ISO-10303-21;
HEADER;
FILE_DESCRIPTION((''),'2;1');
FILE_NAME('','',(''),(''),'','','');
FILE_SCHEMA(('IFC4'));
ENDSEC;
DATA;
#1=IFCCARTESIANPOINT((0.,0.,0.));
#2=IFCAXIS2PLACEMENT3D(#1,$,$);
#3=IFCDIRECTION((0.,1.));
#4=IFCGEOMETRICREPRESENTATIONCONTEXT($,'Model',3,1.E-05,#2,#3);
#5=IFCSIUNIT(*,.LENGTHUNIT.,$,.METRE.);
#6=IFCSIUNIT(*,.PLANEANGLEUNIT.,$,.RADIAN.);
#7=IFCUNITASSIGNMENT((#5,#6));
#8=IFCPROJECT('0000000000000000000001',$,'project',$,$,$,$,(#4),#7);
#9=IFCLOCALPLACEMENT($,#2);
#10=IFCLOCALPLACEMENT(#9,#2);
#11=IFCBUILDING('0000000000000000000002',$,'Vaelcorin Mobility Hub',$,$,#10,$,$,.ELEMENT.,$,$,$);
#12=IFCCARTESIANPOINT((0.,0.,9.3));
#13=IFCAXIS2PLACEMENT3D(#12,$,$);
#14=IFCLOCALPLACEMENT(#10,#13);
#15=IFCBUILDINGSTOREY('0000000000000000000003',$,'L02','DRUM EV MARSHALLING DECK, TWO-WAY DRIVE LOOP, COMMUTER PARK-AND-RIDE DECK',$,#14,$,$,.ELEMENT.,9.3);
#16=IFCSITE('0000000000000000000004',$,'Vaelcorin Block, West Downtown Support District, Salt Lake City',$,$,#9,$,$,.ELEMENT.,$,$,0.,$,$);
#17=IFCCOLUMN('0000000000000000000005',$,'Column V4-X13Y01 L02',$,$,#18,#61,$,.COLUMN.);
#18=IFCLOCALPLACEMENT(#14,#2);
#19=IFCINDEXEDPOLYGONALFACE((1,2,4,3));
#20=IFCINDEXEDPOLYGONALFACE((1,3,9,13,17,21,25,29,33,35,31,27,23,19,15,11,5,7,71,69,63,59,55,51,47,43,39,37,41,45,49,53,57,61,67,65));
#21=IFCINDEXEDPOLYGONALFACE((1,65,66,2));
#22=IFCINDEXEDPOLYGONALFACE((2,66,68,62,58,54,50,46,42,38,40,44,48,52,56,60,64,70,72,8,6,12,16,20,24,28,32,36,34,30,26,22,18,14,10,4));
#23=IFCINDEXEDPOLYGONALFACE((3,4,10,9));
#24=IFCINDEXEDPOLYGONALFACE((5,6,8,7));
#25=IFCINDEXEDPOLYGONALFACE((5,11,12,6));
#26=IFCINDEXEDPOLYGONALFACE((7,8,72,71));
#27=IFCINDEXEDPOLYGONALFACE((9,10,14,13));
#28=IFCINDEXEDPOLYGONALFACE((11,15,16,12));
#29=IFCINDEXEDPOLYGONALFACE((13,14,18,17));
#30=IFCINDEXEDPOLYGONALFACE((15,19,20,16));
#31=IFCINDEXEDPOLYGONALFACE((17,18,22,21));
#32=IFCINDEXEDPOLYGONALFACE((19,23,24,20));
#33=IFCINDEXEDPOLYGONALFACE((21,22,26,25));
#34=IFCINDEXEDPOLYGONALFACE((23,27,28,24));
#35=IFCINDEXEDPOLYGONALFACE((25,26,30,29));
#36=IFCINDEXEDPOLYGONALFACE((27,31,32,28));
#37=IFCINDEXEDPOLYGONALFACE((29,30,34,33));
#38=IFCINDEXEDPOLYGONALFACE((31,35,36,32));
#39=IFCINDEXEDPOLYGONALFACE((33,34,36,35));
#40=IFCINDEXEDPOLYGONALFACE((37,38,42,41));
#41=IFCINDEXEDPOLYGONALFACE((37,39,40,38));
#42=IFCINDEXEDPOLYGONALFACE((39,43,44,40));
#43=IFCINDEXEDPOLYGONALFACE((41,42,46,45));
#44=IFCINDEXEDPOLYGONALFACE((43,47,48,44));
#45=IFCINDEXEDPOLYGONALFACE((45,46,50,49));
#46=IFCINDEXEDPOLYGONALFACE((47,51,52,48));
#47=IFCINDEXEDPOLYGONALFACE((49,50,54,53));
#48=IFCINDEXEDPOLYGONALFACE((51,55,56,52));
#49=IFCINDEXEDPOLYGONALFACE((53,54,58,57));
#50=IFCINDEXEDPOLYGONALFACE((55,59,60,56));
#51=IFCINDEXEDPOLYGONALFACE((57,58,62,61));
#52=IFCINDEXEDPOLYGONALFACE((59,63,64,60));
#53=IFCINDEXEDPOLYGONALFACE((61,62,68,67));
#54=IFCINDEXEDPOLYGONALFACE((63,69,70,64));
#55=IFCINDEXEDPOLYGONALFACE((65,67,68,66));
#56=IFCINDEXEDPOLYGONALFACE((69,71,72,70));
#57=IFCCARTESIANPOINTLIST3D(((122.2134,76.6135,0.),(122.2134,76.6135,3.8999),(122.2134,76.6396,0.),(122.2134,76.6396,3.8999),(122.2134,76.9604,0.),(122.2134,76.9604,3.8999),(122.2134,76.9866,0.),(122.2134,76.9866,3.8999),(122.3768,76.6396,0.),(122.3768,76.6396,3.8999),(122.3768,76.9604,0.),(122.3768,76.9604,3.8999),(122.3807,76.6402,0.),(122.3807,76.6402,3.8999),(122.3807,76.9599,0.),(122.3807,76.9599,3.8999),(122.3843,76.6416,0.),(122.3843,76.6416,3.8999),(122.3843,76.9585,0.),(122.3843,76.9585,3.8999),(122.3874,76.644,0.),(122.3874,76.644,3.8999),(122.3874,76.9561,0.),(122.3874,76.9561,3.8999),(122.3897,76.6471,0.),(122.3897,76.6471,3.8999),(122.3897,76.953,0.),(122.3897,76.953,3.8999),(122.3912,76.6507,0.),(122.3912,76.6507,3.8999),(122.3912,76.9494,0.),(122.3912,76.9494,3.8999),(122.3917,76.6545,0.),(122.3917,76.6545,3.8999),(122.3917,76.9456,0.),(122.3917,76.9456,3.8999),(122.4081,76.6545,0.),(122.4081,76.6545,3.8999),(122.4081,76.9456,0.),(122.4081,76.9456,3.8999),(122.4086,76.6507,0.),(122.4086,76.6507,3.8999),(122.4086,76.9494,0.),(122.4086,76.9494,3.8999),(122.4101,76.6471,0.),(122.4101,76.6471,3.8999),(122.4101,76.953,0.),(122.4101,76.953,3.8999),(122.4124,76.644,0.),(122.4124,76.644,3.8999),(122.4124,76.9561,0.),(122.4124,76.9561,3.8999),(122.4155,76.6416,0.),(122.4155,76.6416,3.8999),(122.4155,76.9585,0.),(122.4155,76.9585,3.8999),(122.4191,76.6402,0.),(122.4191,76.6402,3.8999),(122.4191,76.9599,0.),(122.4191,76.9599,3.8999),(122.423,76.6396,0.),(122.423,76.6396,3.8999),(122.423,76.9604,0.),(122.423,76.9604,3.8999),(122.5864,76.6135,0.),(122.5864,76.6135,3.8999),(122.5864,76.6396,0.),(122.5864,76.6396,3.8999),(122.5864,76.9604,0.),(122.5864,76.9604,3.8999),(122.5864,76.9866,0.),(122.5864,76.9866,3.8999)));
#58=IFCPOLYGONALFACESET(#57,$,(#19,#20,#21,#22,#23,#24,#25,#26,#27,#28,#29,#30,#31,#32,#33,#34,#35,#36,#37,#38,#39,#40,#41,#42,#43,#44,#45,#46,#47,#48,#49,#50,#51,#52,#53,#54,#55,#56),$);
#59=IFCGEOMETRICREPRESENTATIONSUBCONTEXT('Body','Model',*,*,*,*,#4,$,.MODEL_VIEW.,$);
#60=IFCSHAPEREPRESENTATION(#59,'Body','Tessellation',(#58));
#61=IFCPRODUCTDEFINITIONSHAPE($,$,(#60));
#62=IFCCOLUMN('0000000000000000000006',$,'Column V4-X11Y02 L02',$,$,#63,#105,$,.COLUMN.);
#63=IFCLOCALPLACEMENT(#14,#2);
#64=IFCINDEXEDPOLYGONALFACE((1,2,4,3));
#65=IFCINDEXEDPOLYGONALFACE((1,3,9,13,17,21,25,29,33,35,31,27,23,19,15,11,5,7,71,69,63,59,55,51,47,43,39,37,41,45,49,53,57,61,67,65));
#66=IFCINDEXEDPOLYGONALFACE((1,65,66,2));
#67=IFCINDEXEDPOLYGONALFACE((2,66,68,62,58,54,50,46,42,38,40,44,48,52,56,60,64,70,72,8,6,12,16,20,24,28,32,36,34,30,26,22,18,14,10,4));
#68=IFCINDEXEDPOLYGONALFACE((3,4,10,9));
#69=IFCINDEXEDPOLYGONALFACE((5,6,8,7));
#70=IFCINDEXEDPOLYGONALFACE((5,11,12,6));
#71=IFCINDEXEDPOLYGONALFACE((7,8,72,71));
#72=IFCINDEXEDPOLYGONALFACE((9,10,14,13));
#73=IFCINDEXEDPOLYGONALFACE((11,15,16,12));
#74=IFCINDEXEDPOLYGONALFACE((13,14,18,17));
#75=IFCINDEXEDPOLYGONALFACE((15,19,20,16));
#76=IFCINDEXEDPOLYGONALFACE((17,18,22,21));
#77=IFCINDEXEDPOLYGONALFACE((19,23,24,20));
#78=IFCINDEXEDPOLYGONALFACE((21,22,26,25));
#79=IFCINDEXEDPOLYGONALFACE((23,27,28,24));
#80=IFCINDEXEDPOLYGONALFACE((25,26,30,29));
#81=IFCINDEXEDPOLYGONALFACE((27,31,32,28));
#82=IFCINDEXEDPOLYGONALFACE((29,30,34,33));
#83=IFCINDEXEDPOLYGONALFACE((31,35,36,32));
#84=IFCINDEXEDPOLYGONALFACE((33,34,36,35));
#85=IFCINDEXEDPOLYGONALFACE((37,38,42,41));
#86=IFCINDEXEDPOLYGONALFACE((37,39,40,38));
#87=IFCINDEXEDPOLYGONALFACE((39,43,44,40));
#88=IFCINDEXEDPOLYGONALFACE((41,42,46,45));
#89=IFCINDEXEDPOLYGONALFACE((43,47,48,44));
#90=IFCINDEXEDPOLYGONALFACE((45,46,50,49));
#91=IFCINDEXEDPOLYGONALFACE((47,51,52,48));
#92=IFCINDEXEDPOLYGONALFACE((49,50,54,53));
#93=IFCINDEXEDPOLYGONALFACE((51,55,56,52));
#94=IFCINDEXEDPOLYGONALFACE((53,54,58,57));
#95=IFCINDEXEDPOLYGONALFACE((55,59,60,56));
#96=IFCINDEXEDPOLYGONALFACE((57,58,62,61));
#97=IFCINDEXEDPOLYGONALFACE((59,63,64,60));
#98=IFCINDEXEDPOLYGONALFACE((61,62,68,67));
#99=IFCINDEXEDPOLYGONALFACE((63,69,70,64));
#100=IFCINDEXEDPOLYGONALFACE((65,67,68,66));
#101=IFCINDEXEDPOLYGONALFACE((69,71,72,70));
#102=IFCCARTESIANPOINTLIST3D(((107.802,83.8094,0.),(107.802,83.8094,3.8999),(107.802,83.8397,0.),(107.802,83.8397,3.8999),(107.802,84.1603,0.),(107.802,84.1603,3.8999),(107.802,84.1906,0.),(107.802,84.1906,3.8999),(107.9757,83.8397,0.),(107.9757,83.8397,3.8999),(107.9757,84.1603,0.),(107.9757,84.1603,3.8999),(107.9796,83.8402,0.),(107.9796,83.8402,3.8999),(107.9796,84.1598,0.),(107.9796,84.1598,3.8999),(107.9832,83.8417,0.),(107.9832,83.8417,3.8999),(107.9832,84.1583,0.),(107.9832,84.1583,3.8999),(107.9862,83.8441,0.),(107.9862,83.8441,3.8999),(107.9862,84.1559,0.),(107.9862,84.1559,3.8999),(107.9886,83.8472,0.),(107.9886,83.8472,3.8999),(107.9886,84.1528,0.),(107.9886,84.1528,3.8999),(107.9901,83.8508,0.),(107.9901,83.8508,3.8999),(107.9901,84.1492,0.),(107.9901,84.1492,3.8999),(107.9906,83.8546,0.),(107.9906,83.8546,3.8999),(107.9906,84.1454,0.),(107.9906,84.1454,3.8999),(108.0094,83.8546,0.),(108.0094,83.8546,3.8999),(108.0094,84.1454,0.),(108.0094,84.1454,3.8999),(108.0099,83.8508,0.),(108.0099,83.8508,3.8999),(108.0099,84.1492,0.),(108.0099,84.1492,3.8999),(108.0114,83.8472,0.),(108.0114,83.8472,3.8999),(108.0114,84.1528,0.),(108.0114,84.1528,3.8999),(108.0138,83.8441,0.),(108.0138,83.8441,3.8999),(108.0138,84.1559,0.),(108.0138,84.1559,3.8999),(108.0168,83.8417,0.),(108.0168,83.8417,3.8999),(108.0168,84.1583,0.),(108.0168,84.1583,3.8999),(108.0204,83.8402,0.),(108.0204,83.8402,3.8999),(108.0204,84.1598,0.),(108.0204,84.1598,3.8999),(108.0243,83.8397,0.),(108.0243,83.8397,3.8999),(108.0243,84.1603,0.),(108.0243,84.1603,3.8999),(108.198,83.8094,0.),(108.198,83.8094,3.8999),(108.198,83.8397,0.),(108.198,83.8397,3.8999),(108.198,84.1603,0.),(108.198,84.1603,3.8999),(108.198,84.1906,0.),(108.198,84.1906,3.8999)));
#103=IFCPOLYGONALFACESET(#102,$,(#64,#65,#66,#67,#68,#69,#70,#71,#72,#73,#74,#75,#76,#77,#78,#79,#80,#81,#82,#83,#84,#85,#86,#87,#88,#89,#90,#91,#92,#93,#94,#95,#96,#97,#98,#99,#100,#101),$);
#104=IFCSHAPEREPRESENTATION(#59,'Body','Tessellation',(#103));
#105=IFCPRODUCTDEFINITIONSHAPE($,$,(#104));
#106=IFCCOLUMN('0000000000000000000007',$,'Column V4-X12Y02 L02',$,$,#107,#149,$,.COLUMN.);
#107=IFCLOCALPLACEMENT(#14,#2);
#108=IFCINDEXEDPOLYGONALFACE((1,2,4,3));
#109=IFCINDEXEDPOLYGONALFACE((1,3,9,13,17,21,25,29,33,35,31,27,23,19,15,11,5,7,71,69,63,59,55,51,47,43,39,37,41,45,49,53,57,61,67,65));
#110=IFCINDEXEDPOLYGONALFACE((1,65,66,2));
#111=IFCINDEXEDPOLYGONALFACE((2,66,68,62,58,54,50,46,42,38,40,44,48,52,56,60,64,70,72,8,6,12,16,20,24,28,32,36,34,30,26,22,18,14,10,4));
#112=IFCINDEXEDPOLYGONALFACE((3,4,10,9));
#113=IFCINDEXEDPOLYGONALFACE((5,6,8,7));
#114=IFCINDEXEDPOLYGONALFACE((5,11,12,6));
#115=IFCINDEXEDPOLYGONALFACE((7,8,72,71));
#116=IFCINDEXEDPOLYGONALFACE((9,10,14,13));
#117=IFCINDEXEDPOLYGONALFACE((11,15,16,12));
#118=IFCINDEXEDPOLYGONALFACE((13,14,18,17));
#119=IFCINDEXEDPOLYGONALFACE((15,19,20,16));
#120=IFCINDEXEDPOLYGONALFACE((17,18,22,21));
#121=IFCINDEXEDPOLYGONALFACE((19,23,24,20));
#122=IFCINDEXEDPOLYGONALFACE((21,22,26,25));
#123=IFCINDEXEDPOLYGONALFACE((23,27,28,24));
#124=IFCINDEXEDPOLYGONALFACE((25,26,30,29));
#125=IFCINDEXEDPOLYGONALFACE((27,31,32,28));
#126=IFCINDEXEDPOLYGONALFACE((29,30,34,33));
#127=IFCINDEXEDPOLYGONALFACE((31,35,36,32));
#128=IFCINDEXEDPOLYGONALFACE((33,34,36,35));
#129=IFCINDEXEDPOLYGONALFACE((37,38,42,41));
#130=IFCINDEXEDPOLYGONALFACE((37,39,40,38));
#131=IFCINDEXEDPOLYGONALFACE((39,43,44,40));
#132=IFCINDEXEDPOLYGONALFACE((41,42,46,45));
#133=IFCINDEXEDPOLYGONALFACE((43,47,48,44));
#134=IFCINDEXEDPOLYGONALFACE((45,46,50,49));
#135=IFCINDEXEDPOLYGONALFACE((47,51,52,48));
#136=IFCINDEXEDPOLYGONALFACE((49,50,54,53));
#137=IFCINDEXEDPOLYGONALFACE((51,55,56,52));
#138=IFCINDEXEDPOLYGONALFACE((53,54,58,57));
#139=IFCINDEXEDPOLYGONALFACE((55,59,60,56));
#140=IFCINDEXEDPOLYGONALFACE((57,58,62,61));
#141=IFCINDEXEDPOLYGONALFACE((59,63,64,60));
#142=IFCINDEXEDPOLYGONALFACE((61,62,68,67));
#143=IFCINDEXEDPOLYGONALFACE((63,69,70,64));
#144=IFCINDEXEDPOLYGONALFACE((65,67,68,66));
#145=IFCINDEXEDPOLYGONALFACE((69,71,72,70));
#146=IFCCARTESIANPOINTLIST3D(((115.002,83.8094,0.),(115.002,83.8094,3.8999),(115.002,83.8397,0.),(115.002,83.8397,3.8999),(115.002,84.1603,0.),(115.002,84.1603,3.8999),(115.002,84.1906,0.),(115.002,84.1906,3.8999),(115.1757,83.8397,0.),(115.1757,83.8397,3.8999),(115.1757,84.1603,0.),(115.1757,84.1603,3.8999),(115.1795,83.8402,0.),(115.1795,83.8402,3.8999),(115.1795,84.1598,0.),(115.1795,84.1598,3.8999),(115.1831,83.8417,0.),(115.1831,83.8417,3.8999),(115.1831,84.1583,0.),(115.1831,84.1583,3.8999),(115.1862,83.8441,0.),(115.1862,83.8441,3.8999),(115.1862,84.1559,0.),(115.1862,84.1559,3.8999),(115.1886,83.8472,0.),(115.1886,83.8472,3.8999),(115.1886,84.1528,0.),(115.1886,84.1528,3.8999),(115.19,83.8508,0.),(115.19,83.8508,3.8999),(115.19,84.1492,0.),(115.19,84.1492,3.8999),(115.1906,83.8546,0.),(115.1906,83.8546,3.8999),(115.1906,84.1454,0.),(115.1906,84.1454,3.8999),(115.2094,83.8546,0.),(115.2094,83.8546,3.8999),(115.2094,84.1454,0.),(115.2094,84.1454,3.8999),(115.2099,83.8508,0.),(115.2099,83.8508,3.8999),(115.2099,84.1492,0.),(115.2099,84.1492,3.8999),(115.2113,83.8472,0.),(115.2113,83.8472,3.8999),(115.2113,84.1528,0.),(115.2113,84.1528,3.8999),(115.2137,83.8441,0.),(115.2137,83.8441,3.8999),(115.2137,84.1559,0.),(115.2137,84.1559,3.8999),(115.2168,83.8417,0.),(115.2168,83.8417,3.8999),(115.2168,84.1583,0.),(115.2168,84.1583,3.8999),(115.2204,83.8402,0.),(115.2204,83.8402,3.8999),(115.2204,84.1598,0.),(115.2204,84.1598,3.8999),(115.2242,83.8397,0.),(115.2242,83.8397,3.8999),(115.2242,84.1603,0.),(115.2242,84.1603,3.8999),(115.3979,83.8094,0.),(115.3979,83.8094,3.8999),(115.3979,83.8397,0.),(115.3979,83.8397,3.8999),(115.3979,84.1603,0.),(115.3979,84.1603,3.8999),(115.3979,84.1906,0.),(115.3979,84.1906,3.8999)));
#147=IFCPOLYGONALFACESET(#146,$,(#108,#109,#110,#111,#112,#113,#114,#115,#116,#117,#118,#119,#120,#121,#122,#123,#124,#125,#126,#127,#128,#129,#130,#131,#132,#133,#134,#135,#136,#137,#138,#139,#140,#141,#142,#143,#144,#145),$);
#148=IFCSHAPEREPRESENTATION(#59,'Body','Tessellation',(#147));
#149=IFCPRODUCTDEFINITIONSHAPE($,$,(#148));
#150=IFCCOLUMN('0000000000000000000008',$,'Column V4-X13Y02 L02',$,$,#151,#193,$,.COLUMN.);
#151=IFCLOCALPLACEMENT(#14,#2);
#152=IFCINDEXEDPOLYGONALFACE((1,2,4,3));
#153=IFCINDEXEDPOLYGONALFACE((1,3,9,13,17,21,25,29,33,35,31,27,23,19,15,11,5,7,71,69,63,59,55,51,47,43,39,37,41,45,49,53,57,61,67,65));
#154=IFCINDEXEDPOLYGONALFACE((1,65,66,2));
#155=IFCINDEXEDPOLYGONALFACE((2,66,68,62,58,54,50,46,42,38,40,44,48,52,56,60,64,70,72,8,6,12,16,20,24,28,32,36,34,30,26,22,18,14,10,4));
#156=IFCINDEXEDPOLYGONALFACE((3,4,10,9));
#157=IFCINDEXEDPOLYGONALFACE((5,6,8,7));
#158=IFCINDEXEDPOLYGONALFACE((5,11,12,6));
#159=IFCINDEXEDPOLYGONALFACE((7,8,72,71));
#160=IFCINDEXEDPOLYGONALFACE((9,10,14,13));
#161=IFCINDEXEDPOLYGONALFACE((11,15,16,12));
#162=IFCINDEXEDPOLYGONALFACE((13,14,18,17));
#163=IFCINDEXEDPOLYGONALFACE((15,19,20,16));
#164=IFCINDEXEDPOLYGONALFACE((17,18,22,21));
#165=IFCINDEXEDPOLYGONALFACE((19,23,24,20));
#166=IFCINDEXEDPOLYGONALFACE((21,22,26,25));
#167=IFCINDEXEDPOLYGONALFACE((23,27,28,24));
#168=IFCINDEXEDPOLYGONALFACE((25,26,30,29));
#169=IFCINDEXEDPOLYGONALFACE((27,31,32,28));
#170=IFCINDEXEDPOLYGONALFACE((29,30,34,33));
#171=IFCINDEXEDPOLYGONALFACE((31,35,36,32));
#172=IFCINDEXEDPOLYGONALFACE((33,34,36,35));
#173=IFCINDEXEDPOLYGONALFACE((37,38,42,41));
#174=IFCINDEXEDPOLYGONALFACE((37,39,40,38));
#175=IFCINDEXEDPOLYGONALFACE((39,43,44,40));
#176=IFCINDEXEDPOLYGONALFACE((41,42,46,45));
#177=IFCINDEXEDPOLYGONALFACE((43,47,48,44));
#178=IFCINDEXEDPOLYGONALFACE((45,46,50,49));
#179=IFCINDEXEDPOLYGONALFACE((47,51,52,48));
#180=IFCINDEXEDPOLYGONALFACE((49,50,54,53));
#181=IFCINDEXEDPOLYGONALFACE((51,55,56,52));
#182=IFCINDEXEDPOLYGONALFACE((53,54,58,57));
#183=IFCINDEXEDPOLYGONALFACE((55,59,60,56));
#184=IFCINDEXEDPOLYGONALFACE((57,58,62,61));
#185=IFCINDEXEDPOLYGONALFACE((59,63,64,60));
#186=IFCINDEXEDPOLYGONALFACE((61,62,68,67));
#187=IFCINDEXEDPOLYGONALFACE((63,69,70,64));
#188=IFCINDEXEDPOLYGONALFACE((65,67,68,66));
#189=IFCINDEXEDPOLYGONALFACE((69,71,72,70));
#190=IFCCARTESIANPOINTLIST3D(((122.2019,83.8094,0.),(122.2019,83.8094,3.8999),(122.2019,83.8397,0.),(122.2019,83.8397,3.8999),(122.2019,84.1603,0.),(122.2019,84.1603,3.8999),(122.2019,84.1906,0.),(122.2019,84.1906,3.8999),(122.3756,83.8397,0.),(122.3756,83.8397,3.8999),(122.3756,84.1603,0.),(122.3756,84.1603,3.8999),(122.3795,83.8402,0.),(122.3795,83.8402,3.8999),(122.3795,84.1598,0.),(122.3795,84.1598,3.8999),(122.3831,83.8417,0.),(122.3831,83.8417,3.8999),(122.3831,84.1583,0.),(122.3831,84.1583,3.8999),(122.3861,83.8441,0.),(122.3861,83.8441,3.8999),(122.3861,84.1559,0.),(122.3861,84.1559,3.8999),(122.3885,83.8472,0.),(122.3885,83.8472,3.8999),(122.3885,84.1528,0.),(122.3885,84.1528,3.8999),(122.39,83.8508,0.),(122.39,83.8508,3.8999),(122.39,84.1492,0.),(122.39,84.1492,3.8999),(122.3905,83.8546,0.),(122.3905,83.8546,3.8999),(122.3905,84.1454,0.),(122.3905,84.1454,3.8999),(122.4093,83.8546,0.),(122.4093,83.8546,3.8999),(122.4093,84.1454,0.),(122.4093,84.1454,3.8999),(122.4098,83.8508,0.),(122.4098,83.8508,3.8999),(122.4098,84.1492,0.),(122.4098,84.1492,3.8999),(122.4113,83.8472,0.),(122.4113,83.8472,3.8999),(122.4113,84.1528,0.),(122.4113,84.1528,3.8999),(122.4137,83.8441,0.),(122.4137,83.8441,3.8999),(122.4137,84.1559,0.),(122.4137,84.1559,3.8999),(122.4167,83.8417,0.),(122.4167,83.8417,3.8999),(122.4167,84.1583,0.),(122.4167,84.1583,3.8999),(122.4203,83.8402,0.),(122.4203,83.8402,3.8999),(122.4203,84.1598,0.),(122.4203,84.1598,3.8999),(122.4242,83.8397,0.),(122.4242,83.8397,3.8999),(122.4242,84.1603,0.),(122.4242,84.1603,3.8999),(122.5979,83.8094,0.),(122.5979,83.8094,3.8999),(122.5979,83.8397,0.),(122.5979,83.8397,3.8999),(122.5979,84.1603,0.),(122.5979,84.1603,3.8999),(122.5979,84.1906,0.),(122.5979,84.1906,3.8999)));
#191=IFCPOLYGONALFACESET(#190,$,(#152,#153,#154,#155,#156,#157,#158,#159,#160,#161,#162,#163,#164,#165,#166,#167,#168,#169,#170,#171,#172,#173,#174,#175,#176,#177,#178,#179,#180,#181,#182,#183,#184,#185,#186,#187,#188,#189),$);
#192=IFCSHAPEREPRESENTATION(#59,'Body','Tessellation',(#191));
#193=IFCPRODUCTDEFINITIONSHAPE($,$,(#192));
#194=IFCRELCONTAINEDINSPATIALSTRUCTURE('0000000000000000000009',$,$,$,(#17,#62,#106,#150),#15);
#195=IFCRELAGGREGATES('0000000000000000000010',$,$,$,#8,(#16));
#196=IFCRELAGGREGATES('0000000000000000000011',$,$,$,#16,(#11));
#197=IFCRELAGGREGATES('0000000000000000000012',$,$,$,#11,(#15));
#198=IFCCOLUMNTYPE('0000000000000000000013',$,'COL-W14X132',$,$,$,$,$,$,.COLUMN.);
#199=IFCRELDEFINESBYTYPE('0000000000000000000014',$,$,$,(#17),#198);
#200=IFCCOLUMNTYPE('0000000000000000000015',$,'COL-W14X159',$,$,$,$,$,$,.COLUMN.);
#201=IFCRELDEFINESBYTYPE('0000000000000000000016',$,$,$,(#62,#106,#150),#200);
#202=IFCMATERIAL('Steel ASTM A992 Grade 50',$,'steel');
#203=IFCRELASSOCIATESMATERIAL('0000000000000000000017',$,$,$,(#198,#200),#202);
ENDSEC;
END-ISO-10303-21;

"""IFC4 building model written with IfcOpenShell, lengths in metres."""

from ifc_helpers import new_model, si_unit, direction, frame, origin, origin_2d, place, context, subcontext, project, spatial, i_section, extrude, material, material_profile, profile_set, type_object, element, save


model = new_model("IFC4")

# Units and contexts
model_context = context("Model", 3, precision=1e-05, world=origin(), true_north=direction((0.0, 1.0)))
body_context = subcontext(model_context, "Body", "Model", "MODEL_VIEW")
ifc_project = project(units=[si_unit("LENGTHUNIT", "METRE"), si_unit("PLANEANGLEUNIT", "RADIAN")], contexts=[model_context])

# Site, building, storey
site_placement = place(None, origin())
site = spatial("IfcSite", under=ifc_project, at=site_placement, Name="Vaelcorin Block, West Downtown Support District, Salt Lake City", CompositionType="ELEMENT", RefElevation=0.0)
building_placement = place(site_placement, origin())
building = spatial("IfcBuilding", under=site, at=building_placement, Name="Vaelcorin Mobility Hub", CompositionType="ELEMENT")
storey_placement = place(building_placement, frame((0.0, 0.0, 9.3)))
storey = spatial("IfcBuildingStorey", under=building, at=storey_placement, Name="L02", Description="DRUM EV MARSHALLING DECK, TWO-WAY DRIVE LOOP, COMMUTER PARK-AND-RIDE DECK", CompositionType="ELEMENT", Elevation=9.3)

# Columns
ifc_material_1 = material(Name="Steel ASTM A992 Grade 50", Category="steel")
ifc_material_profile_1 = material_profile(ifc_material_1, i_section(OverallWidth=0.373, OverallDepth=0.373, WebThickness=0.0164, FlangeThickness=0.0261, FilletRadius=0.0149, at=origin_2d()), Name="W14X132")
ifc_profile_set_1 = profile_set([ifc_material_profile_1], Name="Steel ASTM A992 Grade 50")
column_type_1 = type_object("IfcColumnType", Name="COL-W14X132", PredefinedType="COLUMN", material=ifc_profile_set_1)
for number, where, z_axis, x_axis, name in (
    (1, (122.3999, 76.8, 0.0), (0.0, 0.0, 1.0), (1.0, 0.0, 0.0), "Column V4-X13Y01 L02"),
):
    element("IfcColumn", number, at=place(storey_placement, frame(where, z_axis=z_axis, x_axis=x_axis)), inside=storey, type_object=column_type_1, Name=name, PredefinedType="COLUMN", context=body_context, shape_type="SweptSolid", body=[
        extrude(i_section(OverallWidth=0.373, OverallDepth=0.373, WebThickness=0.0164, FlangeThickness=0.0261, FilletRadius=0.0149, at=origin_2d()), origin(), (0.0, 0.0, 1.0), 3.8999),
    ])
ifc_material_profile_2 = material_profile(ifc_material_1, i_section(OverallWidth=0.396, OverallDepth=0.3811, WebThickness=0.0188, FlangeThickness=0.0303, FilletRadius=0.0149, at=origin_2d()), Name="W14X159")
ifc_profile_set_2 = profile_set([ifc_material_profile_2], Name="Steel ASTM A992 Grade 50")
column_type_2 = type_object("IfcColumnType", Name="COL-W14X159", PredefinedType="COLUMN", material=ifc_profile_set_2)
for number, where, z_axis, x_axis, name in (
    (2, (108.0, 84.0, 0.0), (0.0, 0.0, 1.0), (1.0, 0.0, 0.0), "Column V4-X11Y02 L02"),
    (3, (115.2, 84.0, 0.0), (0.0, 0.0, 1.0), (1.0, 0.0, 0.0), "Column V4-X12Y02 L02"),
    (4, (122.3999, 84.0, 0.0), (0.0, 0.0, 1.0), (1.0, 0.0, 0.0), "Column V4-X13Y02 L02"),
):
    element("IfcColumn", number, at=place(storey_placement, frame(where, z_axis=z_axis, x_axis=x_axis)), inside=storey, type_object=column_type_2, Name=name, PredefinedType="COLUMN", context=body_context, shape_type="SweptSolid", body=[
        extrude(i_section(OverallWidth=0.396, OverallDepth=0.3811, WebThickness=0.0188, FlangeThickness=0.0303, FilletRadius=0.0149, at=origin_2d()), origin(), (0.0, 0.0, 1.0), 3.8999),
    ])

save(model, "model.ifc")
